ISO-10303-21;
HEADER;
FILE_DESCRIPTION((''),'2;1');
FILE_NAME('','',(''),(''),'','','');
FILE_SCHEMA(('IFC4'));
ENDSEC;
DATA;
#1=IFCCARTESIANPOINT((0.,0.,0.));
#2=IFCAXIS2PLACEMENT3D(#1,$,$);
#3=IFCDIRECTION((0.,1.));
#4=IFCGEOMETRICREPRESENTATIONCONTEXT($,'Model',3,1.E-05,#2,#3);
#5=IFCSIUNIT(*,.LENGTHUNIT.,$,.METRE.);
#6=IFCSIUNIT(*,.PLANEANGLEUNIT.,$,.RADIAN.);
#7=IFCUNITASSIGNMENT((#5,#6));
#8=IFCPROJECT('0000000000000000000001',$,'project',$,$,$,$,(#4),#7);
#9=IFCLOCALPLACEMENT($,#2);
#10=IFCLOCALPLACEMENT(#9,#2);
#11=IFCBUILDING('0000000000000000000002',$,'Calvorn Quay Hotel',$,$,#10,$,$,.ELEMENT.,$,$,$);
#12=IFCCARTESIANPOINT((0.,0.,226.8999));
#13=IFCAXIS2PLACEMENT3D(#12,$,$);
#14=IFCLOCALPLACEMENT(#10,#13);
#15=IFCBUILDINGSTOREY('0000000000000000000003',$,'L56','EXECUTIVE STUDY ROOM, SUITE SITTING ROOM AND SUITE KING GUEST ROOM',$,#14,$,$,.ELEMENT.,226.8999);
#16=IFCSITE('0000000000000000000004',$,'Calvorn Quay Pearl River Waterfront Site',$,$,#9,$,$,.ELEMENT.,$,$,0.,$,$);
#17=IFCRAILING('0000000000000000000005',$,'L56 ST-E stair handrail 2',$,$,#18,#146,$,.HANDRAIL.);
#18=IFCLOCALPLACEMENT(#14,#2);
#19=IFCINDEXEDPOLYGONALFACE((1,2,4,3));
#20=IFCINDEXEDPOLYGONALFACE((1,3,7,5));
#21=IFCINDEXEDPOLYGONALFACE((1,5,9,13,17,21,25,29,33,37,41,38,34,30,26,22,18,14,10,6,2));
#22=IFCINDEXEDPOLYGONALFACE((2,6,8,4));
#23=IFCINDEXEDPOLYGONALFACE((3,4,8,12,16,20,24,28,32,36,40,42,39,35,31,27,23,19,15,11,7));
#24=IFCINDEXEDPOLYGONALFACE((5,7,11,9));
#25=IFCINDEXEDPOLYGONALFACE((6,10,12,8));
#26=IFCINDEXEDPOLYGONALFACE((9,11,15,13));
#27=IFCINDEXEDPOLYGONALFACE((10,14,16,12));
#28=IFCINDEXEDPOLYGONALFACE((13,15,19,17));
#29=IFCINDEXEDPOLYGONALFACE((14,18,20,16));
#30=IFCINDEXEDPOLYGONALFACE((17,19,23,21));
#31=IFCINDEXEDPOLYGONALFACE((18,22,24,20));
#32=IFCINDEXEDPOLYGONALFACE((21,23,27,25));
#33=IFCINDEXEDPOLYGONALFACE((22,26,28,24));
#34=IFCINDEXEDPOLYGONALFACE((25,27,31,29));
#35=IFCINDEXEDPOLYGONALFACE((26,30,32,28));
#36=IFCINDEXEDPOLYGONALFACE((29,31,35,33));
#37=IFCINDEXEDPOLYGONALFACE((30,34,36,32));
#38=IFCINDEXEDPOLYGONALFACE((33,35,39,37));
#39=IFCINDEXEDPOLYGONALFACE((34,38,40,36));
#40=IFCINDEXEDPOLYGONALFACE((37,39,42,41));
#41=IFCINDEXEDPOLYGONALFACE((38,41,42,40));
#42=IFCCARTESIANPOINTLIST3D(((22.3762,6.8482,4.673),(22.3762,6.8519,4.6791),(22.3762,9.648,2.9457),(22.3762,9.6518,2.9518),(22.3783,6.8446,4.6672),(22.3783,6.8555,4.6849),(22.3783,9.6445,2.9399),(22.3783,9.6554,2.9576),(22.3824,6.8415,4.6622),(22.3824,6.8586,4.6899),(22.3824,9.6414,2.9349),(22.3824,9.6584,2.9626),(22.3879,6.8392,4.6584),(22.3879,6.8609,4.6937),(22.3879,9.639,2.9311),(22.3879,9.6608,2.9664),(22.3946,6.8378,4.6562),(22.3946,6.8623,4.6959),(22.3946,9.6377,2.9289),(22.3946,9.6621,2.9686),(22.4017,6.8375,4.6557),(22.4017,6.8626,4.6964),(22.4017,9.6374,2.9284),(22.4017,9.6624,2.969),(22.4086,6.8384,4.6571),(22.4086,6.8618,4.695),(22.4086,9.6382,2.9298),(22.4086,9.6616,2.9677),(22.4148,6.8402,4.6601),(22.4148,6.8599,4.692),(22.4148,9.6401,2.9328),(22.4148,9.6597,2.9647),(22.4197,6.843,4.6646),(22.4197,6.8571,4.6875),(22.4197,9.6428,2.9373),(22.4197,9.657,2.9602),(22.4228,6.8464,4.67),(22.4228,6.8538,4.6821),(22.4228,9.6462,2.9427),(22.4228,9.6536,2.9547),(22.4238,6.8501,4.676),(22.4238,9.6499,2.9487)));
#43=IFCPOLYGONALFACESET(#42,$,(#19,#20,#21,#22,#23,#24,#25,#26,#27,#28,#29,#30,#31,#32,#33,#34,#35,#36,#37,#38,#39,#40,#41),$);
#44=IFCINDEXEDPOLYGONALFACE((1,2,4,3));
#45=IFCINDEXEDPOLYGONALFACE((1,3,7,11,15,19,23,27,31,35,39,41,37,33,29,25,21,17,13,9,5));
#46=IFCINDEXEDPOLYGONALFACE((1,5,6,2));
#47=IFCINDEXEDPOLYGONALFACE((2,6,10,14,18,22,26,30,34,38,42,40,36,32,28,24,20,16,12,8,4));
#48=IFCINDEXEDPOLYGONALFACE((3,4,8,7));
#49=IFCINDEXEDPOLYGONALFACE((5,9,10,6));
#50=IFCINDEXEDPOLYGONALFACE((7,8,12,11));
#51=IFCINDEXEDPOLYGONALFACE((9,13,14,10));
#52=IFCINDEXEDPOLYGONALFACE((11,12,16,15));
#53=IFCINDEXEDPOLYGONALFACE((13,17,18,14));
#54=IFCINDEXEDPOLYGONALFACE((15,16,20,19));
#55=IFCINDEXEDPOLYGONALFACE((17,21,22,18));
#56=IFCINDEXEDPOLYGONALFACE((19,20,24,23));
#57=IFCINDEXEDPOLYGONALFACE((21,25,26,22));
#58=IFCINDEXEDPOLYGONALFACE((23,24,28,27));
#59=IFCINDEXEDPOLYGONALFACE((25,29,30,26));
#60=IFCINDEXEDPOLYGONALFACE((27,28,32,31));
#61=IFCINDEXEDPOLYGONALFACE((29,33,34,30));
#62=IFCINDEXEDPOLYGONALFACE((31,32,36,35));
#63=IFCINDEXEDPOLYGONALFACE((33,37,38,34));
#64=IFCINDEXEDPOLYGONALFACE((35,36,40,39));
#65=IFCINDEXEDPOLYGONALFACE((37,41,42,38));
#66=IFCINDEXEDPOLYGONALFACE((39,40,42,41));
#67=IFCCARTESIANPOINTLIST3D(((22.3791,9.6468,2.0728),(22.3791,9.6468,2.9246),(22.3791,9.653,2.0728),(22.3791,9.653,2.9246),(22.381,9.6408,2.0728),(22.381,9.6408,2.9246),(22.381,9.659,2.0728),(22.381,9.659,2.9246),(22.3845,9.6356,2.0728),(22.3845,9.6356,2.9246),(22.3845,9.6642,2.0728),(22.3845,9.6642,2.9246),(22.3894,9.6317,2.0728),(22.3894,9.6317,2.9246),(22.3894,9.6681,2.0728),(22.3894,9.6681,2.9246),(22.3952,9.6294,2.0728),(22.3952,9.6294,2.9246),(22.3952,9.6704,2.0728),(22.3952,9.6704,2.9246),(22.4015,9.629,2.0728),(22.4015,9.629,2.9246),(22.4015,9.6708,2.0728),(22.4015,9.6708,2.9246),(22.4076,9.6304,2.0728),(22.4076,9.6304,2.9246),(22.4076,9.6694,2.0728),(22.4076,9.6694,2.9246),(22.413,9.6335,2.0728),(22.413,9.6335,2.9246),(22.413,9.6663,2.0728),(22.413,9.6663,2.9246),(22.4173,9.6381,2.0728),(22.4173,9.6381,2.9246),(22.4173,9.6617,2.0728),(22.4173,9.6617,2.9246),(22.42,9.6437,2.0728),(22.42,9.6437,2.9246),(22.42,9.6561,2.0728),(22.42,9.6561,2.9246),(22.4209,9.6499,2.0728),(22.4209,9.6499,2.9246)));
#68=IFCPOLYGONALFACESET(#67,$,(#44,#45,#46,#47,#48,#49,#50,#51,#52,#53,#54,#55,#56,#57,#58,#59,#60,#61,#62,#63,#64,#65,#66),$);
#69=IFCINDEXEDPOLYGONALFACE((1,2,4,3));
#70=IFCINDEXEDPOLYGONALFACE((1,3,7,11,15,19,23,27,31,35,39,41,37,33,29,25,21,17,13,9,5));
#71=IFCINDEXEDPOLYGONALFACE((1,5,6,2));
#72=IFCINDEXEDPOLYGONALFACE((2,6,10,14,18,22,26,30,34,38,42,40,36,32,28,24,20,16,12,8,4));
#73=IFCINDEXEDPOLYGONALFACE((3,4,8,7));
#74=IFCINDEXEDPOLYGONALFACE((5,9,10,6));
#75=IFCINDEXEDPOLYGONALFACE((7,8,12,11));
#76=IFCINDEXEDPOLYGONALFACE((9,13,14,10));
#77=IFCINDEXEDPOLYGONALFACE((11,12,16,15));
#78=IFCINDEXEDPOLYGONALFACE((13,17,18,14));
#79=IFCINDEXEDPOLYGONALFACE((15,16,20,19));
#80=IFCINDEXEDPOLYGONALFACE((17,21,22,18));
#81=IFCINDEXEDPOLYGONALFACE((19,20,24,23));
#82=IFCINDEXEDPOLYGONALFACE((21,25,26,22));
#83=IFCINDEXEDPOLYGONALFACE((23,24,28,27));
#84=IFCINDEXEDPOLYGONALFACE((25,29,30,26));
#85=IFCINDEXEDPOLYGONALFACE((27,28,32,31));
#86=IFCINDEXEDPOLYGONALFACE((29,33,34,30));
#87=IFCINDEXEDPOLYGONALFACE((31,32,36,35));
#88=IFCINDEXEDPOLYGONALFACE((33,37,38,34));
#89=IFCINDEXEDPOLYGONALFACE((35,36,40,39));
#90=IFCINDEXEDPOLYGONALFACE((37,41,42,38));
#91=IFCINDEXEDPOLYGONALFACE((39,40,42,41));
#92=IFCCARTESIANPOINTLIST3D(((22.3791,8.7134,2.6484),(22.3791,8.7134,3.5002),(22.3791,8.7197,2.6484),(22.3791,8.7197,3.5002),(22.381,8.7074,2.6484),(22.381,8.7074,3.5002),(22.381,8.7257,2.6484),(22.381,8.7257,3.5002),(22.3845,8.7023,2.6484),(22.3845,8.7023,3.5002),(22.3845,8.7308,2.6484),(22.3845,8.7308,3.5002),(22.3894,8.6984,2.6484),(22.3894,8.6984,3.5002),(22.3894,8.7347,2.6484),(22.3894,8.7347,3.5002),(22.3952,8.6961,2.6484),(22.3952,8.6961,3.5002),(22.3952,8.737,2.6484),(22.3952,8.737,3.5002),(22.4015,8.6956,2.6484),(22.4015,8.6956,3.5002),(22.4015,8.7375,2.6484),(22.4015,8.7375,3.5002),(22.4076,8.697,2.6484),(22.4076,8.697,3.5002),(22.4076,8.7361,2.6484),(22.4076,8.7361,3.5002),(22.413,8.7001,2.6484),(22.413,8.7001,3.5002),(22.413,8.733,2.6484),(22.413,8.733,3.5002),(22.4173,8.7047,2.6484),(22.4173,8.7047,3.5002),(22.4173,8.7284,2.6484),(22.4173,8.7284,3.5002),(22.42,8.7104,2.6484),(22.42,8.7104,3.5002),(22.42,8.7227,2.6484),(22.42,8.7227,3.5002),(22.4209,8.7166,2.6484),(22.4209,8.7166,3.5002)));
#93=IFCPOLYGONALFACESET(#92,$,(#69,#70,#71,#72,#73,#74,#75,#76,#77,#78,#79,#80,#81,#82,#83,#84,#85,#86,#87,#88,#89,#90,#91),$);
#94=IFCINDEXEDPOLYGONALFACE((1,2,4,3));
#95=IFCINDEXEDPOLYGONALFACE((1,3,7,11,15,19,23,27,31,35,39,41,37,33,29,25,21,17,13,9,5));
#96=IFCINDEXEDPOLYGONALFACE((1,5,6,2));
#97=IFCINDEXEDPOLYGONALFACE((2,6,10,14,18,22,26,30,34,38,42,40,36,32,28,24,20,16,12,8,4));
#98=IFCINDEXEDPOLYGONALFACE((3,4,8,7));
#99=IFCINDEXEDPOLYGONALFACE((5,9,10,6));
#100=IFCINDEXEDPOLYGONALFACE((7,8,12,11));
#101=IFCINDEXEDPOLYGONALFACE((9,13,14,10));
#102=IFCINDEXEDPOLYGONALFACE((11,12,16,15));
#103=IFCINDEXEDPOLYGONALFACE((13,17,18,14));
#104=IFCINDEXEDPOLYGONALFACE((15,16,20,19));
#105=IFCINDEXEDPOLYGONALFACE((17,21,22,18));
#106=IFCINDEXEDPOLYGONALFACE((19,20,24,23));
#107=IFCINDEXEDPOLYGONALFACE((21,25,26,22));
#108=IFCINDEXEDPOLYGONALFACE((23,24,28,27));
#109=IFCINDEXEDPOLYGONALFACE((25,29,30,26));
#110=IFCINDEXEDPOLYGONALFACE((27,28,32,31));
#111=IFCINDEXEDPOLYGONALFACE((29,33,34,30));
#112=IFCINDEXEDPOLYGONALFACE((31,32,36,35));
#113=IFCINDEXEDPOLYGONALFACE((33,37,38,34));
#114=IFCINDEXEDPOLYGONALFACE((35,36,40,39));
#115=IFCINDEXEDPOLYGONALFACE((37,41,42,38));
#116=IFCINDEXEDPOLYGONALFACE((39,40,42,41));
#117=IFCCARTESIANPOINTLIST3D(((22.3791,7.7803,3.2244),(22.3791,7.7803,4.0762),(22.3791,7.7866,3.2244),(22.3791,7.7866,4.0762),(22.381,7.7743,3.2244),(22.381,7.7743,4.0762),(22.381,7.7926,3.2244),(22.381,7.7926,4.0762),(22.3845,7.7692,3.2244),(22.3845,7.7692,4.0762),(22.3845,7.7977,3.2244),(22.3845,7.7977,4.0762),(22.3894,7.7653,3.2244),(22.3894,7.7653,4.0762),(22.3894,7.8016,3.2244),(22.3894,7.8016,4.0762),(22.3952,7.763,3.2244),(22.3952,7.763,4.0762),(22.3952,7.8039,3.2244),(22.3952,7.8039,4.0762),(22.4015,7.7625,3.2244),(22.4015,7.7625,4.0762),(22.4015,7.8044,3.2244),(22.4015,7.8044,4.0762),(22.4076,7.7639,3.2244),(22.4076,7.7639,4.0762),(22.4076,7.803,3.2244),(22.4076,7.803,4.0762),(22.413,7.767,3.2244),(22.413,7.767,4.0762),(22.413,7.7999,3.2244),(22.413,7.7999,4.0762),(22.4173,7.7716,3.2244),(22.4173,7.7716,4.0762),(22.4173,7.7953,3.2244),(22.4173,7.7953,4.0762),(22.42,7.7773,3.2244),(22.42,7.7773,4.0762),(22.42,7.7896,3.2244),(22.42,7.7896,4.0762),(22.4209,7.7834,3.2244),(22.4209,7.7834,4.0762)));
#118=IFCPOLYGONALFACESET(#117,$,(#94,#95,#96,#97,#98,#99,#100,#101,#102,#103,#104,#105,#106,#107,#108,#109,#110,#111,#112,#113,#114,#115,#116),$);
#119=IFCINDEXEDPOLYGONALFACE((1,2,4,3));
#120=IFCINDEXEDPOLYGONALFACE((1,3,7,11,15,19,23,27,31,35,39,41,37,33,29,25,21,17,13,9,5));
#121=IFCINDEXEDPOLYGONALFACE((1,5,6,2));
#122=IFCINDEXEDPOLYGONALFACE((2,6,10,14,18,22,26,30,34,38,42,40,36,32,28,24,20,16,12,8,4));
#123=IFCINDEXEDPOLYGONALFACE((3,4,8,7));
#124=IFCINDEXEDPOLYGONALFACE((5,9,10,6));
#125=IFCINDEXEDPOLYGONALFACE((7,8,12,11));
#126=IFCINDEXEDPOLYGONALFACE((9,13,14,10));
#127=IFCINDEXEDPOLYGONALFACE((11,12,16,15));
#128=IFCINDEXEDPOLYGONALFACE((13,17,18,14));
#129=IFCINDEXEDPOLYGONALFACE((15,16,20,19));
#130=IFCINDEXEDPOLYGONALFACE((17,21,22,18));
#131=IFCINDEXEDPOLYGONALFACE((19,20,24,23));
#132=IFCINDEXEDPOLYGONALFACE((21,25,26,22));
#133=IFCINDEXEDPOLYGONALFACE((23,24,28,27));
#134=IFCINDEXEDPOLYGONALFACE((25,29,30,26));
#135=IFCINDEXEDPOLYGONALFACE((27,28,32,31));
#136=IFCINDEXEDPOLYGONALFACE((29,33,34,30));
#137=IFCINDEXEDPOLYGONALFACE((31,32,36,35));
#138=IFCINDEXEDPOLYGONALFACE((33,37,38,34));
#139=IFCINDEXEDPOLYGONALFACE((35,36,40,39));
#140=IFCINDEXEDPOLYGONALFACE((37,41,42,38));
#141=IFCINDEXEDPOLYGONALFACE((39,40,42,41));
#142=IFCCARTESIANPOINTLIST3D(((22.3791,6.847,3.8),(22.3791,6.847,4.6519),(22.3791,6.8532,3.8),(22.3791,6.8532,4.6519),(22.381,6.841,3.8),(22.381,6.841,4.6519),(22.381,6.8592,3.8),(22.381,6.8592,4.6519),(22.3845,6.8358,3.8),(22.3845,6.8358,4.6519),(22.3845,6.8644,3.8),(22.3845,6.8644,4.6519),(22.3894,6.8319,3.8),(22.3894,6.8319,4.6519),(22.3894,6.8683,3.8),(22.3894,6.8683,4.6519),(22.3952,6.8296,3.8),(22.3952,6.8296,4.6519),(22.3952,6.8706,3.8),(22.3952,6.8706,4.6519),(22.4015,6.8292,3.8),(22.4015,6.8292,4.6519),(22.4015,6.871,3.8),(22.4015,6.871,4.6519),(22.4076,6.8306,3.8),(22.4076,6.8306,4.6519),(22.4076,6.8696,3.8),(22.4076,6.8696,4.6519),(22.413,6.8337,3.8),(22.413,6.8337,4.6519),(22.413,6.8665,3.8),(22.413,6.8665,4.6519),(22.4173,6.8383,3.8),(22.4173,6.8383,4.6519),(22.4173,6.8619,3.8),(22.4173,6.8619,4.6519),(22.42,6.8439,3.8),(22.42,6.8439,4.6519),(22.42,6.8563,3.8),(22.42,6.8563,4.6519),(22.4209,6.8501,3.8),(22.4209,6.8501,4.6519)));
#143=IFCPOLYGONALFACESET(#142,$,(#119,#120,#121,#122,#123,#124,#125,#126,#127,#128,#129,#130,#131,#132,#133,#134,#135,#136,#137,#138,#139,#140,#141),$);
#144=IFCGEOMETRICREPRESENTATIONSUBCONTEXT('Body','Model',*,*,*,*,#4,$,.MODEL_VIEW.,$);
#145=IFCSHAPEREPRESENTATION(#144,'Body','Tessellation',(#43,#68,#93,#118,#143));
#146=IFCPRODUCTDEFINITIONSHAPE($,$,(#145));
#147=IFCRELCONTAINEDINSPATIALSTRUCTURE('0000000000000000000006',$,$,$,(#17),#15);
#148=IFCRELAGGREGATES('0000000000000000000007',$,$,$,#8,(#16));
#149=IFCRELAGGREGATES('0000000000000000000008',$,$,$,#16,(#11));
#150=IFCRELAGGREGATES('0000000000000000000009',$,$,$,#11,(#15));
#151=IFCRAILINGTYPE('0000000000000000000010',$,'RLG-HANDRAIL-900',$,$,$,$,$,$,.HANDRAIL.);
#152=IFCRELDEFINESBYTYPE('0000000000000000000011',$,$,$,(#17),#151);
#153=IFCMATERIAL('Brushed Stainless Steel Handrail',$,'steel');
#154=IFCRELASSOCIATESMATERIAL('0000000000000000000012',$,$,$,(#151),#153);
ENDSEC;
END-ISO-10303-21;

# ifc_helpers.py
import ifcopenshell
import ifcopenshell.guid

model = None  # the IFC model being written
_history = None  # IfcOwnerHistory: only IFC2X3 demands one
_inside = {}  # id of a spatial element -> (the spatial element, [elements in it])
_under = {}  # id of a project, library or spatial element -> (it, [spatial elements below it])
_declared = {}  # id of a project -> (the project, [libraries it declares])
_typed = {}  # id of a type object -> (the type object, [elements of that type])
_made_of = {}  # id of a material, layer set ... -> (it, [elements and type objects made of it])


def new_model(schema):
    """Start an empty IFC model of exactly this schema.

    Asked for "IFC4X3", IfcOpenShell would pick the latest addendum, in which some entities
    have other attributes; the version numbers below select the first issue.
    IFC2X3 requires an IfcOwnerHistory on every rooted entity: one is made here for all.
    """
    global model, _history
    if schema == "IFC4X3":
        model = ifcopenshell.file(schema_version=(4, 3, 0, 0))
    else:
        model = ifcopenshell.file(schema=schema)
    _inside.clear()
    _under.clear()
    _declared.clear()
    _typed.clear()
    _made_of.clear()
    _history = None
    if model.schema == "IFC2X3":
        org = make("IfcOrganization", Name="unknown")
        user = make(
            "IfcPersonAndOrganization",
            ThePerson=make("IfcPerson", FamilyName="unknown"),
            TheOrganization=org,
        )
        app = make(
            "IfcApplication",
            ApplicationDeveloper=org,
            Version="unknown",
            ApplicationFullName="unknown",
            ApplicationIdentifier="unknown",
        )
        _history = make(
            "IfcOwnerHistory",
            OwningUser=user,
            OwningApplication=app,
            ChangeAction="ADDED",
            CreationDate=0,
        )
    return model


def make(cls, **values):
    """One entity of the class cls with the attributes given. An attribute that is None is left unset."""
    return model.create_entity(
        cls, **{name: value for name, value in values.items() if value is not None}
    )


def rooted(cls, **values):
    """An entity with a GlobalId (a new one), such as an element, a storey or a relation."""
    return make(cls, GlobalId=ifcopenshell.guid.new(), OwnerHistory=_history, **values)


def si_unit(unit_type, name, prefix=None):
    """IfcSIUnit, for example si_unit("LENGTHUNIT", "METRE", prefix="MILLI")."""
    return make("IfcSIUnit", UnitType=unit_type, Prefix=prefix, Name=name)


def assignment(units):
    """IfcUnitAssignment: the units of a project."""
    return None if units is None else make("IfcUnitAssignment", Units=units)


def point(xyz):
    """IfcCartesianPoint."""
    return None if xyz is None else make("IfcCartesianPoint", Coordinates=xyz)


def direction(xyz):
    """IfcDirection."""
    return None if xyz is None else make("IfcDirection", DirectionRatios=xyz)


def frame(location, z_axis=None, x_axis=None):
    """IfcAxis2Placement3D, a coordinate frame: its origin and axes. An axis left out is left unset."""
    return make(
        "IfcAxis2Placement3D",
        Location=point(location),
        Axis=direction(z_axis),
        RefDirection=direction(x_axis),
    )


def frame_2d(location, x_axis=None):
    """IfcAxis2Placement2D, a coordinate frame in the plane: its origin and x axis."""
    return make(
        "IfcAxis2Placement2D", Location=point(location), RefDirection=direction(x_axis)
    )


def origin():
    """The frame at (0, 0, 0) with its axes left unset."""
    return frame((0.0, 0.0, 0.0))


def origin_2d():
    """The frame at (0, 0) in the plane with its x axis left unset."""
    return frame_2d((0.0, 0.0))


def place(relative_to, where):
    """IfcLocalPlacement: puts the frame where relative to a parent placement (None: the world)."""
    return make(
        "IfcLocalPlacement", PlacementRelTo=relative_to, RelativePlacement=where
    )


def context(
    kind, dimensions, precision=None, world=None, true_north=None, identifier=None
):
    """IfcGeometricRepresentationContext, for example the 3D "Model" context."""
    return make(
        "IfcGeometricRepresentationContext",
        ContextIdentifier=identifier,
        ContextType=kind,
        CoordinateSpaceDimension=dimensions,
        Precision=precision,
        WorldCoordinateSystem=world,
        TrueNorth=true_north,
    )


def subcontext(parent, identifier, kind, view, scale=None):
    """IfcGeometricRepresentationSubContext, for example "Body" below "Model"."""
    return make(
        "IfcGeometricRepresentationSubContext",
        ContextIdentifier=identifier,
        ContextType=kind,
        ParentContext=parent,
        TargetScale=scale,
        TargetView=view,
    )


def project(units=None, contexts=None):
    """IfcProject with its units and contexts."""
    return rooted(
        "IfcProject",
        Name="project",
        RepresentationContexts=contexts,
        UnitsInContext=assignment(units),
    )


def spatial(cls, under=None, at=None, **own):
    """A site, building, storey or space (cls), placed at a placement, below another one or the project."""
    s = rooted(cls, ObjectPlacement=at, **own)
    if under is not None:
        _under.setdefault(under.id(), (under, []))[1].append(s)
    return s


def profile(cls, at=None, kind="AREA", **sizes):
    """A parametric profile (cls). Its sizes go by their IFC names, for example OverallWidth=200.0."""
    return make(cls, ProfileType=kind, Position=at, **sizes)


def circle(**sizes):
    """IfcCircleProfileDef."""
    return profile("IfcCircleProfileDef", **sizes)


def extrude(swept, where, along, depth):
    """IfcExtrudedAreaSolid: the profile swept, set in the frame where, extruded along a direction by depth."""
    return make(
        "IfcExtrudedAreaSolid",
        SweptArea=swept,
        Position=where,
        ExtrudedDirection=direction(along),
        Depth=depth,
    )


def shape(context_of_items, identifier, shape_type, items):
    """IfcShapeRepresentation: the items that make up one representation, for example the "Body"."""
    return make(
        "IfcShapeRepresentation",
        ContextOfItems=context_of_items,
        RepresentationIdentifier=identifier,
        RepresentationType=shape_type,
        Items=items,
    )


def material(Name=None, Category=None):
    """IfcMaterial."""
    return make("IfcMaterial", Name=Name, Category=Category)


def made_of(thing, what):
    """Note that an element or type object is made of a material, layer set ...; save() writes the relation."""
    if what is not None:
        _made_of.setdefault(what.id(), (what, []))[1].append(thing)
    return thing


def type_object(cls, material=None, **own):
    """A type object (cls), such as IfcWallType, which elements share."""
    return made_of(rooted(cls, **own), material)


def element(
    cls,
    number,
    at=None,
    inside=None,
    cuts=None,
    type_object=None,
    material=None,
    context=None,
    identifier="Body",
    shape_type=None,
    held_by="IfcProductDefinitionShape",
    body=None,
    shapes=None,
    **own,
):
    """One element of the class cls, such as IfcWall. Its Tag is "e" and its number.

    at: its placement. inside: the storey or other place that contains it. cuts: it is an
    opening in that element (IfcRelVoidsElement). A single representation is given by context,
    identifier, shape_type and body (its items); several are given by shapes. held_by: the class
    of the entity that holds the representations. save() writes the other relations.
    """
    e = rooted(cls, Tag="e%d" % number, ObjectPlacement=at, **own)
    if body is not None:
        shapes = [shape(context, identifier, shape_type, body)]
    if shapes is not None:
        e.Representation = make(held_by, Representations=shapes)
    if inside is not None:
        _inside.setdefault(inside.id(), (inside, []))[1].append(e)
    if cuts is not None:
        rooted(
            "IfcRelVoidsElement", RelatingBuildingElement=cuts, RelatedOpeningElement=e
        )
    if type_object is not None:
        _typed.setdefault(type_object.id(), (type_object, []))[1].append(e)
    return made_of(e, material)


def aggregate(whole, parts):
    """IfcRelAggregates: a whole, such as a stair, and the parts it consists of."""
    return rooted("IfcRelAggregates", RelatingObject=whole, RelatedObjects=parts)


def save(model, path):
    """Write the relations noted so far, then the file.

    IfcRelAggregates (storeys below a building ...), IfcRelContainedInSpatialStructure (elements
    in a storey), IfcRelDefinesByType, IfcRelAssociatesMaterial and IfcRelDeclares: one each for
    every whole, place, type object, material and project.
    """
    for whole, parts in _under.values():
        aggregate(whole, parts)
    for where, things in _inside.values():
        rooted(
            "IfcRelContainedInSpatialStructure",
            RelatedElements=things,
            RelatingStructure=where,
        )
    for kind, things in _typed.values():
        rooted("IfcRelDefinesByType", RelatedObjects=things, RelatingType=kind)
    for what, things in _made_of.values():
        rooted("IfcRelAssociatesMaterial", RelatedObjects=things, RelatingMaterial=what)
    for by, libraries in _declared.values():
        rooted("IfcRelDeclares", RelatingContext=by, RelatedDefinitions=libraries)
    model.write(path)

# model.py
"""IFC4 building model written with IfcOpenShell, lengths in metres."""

from ifc_helpers import new_model, si_unit, direction, frame, origin, origin_2d, place, context, subcontext, project, spatial, circle, extrude, material, type_object, element, save


model = new_model("IFC4")

# Units and contexts
model_context = context("Model", 3, precision=1e-05, world=origin(), true_north=direction((0.0, 1.0)))
body_context = subcontext(model_context, "Body", "Model", "MODEL_VIEW")
ifc_project = project(units=[si_unit("LENGTHUNIT", "METRE"), si_unit("PLANEANGLEUNIT", "RADIAN")], contexts=[model_context])

# Site, building, storey
site_placement = place(None, origin())
site = spatial("IfcSite", under=ifc_project, at=site_placement, Name="Calvorn Quay Pearl River Waterfront Site", CompositionType="ELEMENT", RefElevation=0.0)
building_placement = place(site_placement, origin())
building = spatial("IfcBuilding", under=site, at=building_placement, Name="Calvorn Quay Hotel", CompositionType="ELEMENT")
storey_placement = place(building_placement, frame((0.0, 0.0, 226.8999)))
storey = spatial("IfcBuildingStorey", under=building, at=storey_placement, Name="L56", Description="EXECUTIVE STUDY ROOM, SUITE SITTING ROOM AND SUITE KING GUEST ROOM", CompositionType="ELEMENT", Elevation=226.8999)

# Railing
ifc_material_1 = material(Name="Brushed Stainless Steel Handrail", Category="steel")
railing_type_1 = type_object("IfcRailingType", Name="RLG-HANDRAIL-900", PredefinedType="HANDRAIL", material=ifc_material_1)
railing_1_placement = place(storey_placement, frame((22.3999, 9.6499, 2.0728)))
element("IfcRailing", 1, at=railing_1_placement, inside=storey, type_object=railing_type_1, Name="L56 ST-E stair handrail 2", PredefinedType="HANDRAIL", context=body_context, shape_type="SweptSolid", body=[
    extrude(circle(Radius=0.0239, at=origin_2d()), frame((0.0, 0.0, 0.876), z_axis=(0.0, -0.851069, 0.525054), x_axis=(1.0, 0.0, 0.0)), (0.0, 0.0, 1.0), 3.2898),
    extrude(circle(Radius=0.021, at=origin_2d()), origin(), (0.0, 0.0, 1.0), 0.8518),
    extrude(circle(Radius=0.021, at=origin_2d()), frame((0.0, -0.9333, 0.5757)), (0.0, 0.0, 1.0), 0.8518),
    extrude(circle(Radius=0.021, at=origin_2d()), frame((0.0, -1.8665, 1.1516)), (0.0, 0.0, 1.0), 0.8518),
    extrude(circle(Radius=0.021, at=origin_2d()), frame((0.0, -2.7998, 1.7273)), (0.0, 0.0, 1.0), 0.8518),
])

save(model, "model.ifc")
